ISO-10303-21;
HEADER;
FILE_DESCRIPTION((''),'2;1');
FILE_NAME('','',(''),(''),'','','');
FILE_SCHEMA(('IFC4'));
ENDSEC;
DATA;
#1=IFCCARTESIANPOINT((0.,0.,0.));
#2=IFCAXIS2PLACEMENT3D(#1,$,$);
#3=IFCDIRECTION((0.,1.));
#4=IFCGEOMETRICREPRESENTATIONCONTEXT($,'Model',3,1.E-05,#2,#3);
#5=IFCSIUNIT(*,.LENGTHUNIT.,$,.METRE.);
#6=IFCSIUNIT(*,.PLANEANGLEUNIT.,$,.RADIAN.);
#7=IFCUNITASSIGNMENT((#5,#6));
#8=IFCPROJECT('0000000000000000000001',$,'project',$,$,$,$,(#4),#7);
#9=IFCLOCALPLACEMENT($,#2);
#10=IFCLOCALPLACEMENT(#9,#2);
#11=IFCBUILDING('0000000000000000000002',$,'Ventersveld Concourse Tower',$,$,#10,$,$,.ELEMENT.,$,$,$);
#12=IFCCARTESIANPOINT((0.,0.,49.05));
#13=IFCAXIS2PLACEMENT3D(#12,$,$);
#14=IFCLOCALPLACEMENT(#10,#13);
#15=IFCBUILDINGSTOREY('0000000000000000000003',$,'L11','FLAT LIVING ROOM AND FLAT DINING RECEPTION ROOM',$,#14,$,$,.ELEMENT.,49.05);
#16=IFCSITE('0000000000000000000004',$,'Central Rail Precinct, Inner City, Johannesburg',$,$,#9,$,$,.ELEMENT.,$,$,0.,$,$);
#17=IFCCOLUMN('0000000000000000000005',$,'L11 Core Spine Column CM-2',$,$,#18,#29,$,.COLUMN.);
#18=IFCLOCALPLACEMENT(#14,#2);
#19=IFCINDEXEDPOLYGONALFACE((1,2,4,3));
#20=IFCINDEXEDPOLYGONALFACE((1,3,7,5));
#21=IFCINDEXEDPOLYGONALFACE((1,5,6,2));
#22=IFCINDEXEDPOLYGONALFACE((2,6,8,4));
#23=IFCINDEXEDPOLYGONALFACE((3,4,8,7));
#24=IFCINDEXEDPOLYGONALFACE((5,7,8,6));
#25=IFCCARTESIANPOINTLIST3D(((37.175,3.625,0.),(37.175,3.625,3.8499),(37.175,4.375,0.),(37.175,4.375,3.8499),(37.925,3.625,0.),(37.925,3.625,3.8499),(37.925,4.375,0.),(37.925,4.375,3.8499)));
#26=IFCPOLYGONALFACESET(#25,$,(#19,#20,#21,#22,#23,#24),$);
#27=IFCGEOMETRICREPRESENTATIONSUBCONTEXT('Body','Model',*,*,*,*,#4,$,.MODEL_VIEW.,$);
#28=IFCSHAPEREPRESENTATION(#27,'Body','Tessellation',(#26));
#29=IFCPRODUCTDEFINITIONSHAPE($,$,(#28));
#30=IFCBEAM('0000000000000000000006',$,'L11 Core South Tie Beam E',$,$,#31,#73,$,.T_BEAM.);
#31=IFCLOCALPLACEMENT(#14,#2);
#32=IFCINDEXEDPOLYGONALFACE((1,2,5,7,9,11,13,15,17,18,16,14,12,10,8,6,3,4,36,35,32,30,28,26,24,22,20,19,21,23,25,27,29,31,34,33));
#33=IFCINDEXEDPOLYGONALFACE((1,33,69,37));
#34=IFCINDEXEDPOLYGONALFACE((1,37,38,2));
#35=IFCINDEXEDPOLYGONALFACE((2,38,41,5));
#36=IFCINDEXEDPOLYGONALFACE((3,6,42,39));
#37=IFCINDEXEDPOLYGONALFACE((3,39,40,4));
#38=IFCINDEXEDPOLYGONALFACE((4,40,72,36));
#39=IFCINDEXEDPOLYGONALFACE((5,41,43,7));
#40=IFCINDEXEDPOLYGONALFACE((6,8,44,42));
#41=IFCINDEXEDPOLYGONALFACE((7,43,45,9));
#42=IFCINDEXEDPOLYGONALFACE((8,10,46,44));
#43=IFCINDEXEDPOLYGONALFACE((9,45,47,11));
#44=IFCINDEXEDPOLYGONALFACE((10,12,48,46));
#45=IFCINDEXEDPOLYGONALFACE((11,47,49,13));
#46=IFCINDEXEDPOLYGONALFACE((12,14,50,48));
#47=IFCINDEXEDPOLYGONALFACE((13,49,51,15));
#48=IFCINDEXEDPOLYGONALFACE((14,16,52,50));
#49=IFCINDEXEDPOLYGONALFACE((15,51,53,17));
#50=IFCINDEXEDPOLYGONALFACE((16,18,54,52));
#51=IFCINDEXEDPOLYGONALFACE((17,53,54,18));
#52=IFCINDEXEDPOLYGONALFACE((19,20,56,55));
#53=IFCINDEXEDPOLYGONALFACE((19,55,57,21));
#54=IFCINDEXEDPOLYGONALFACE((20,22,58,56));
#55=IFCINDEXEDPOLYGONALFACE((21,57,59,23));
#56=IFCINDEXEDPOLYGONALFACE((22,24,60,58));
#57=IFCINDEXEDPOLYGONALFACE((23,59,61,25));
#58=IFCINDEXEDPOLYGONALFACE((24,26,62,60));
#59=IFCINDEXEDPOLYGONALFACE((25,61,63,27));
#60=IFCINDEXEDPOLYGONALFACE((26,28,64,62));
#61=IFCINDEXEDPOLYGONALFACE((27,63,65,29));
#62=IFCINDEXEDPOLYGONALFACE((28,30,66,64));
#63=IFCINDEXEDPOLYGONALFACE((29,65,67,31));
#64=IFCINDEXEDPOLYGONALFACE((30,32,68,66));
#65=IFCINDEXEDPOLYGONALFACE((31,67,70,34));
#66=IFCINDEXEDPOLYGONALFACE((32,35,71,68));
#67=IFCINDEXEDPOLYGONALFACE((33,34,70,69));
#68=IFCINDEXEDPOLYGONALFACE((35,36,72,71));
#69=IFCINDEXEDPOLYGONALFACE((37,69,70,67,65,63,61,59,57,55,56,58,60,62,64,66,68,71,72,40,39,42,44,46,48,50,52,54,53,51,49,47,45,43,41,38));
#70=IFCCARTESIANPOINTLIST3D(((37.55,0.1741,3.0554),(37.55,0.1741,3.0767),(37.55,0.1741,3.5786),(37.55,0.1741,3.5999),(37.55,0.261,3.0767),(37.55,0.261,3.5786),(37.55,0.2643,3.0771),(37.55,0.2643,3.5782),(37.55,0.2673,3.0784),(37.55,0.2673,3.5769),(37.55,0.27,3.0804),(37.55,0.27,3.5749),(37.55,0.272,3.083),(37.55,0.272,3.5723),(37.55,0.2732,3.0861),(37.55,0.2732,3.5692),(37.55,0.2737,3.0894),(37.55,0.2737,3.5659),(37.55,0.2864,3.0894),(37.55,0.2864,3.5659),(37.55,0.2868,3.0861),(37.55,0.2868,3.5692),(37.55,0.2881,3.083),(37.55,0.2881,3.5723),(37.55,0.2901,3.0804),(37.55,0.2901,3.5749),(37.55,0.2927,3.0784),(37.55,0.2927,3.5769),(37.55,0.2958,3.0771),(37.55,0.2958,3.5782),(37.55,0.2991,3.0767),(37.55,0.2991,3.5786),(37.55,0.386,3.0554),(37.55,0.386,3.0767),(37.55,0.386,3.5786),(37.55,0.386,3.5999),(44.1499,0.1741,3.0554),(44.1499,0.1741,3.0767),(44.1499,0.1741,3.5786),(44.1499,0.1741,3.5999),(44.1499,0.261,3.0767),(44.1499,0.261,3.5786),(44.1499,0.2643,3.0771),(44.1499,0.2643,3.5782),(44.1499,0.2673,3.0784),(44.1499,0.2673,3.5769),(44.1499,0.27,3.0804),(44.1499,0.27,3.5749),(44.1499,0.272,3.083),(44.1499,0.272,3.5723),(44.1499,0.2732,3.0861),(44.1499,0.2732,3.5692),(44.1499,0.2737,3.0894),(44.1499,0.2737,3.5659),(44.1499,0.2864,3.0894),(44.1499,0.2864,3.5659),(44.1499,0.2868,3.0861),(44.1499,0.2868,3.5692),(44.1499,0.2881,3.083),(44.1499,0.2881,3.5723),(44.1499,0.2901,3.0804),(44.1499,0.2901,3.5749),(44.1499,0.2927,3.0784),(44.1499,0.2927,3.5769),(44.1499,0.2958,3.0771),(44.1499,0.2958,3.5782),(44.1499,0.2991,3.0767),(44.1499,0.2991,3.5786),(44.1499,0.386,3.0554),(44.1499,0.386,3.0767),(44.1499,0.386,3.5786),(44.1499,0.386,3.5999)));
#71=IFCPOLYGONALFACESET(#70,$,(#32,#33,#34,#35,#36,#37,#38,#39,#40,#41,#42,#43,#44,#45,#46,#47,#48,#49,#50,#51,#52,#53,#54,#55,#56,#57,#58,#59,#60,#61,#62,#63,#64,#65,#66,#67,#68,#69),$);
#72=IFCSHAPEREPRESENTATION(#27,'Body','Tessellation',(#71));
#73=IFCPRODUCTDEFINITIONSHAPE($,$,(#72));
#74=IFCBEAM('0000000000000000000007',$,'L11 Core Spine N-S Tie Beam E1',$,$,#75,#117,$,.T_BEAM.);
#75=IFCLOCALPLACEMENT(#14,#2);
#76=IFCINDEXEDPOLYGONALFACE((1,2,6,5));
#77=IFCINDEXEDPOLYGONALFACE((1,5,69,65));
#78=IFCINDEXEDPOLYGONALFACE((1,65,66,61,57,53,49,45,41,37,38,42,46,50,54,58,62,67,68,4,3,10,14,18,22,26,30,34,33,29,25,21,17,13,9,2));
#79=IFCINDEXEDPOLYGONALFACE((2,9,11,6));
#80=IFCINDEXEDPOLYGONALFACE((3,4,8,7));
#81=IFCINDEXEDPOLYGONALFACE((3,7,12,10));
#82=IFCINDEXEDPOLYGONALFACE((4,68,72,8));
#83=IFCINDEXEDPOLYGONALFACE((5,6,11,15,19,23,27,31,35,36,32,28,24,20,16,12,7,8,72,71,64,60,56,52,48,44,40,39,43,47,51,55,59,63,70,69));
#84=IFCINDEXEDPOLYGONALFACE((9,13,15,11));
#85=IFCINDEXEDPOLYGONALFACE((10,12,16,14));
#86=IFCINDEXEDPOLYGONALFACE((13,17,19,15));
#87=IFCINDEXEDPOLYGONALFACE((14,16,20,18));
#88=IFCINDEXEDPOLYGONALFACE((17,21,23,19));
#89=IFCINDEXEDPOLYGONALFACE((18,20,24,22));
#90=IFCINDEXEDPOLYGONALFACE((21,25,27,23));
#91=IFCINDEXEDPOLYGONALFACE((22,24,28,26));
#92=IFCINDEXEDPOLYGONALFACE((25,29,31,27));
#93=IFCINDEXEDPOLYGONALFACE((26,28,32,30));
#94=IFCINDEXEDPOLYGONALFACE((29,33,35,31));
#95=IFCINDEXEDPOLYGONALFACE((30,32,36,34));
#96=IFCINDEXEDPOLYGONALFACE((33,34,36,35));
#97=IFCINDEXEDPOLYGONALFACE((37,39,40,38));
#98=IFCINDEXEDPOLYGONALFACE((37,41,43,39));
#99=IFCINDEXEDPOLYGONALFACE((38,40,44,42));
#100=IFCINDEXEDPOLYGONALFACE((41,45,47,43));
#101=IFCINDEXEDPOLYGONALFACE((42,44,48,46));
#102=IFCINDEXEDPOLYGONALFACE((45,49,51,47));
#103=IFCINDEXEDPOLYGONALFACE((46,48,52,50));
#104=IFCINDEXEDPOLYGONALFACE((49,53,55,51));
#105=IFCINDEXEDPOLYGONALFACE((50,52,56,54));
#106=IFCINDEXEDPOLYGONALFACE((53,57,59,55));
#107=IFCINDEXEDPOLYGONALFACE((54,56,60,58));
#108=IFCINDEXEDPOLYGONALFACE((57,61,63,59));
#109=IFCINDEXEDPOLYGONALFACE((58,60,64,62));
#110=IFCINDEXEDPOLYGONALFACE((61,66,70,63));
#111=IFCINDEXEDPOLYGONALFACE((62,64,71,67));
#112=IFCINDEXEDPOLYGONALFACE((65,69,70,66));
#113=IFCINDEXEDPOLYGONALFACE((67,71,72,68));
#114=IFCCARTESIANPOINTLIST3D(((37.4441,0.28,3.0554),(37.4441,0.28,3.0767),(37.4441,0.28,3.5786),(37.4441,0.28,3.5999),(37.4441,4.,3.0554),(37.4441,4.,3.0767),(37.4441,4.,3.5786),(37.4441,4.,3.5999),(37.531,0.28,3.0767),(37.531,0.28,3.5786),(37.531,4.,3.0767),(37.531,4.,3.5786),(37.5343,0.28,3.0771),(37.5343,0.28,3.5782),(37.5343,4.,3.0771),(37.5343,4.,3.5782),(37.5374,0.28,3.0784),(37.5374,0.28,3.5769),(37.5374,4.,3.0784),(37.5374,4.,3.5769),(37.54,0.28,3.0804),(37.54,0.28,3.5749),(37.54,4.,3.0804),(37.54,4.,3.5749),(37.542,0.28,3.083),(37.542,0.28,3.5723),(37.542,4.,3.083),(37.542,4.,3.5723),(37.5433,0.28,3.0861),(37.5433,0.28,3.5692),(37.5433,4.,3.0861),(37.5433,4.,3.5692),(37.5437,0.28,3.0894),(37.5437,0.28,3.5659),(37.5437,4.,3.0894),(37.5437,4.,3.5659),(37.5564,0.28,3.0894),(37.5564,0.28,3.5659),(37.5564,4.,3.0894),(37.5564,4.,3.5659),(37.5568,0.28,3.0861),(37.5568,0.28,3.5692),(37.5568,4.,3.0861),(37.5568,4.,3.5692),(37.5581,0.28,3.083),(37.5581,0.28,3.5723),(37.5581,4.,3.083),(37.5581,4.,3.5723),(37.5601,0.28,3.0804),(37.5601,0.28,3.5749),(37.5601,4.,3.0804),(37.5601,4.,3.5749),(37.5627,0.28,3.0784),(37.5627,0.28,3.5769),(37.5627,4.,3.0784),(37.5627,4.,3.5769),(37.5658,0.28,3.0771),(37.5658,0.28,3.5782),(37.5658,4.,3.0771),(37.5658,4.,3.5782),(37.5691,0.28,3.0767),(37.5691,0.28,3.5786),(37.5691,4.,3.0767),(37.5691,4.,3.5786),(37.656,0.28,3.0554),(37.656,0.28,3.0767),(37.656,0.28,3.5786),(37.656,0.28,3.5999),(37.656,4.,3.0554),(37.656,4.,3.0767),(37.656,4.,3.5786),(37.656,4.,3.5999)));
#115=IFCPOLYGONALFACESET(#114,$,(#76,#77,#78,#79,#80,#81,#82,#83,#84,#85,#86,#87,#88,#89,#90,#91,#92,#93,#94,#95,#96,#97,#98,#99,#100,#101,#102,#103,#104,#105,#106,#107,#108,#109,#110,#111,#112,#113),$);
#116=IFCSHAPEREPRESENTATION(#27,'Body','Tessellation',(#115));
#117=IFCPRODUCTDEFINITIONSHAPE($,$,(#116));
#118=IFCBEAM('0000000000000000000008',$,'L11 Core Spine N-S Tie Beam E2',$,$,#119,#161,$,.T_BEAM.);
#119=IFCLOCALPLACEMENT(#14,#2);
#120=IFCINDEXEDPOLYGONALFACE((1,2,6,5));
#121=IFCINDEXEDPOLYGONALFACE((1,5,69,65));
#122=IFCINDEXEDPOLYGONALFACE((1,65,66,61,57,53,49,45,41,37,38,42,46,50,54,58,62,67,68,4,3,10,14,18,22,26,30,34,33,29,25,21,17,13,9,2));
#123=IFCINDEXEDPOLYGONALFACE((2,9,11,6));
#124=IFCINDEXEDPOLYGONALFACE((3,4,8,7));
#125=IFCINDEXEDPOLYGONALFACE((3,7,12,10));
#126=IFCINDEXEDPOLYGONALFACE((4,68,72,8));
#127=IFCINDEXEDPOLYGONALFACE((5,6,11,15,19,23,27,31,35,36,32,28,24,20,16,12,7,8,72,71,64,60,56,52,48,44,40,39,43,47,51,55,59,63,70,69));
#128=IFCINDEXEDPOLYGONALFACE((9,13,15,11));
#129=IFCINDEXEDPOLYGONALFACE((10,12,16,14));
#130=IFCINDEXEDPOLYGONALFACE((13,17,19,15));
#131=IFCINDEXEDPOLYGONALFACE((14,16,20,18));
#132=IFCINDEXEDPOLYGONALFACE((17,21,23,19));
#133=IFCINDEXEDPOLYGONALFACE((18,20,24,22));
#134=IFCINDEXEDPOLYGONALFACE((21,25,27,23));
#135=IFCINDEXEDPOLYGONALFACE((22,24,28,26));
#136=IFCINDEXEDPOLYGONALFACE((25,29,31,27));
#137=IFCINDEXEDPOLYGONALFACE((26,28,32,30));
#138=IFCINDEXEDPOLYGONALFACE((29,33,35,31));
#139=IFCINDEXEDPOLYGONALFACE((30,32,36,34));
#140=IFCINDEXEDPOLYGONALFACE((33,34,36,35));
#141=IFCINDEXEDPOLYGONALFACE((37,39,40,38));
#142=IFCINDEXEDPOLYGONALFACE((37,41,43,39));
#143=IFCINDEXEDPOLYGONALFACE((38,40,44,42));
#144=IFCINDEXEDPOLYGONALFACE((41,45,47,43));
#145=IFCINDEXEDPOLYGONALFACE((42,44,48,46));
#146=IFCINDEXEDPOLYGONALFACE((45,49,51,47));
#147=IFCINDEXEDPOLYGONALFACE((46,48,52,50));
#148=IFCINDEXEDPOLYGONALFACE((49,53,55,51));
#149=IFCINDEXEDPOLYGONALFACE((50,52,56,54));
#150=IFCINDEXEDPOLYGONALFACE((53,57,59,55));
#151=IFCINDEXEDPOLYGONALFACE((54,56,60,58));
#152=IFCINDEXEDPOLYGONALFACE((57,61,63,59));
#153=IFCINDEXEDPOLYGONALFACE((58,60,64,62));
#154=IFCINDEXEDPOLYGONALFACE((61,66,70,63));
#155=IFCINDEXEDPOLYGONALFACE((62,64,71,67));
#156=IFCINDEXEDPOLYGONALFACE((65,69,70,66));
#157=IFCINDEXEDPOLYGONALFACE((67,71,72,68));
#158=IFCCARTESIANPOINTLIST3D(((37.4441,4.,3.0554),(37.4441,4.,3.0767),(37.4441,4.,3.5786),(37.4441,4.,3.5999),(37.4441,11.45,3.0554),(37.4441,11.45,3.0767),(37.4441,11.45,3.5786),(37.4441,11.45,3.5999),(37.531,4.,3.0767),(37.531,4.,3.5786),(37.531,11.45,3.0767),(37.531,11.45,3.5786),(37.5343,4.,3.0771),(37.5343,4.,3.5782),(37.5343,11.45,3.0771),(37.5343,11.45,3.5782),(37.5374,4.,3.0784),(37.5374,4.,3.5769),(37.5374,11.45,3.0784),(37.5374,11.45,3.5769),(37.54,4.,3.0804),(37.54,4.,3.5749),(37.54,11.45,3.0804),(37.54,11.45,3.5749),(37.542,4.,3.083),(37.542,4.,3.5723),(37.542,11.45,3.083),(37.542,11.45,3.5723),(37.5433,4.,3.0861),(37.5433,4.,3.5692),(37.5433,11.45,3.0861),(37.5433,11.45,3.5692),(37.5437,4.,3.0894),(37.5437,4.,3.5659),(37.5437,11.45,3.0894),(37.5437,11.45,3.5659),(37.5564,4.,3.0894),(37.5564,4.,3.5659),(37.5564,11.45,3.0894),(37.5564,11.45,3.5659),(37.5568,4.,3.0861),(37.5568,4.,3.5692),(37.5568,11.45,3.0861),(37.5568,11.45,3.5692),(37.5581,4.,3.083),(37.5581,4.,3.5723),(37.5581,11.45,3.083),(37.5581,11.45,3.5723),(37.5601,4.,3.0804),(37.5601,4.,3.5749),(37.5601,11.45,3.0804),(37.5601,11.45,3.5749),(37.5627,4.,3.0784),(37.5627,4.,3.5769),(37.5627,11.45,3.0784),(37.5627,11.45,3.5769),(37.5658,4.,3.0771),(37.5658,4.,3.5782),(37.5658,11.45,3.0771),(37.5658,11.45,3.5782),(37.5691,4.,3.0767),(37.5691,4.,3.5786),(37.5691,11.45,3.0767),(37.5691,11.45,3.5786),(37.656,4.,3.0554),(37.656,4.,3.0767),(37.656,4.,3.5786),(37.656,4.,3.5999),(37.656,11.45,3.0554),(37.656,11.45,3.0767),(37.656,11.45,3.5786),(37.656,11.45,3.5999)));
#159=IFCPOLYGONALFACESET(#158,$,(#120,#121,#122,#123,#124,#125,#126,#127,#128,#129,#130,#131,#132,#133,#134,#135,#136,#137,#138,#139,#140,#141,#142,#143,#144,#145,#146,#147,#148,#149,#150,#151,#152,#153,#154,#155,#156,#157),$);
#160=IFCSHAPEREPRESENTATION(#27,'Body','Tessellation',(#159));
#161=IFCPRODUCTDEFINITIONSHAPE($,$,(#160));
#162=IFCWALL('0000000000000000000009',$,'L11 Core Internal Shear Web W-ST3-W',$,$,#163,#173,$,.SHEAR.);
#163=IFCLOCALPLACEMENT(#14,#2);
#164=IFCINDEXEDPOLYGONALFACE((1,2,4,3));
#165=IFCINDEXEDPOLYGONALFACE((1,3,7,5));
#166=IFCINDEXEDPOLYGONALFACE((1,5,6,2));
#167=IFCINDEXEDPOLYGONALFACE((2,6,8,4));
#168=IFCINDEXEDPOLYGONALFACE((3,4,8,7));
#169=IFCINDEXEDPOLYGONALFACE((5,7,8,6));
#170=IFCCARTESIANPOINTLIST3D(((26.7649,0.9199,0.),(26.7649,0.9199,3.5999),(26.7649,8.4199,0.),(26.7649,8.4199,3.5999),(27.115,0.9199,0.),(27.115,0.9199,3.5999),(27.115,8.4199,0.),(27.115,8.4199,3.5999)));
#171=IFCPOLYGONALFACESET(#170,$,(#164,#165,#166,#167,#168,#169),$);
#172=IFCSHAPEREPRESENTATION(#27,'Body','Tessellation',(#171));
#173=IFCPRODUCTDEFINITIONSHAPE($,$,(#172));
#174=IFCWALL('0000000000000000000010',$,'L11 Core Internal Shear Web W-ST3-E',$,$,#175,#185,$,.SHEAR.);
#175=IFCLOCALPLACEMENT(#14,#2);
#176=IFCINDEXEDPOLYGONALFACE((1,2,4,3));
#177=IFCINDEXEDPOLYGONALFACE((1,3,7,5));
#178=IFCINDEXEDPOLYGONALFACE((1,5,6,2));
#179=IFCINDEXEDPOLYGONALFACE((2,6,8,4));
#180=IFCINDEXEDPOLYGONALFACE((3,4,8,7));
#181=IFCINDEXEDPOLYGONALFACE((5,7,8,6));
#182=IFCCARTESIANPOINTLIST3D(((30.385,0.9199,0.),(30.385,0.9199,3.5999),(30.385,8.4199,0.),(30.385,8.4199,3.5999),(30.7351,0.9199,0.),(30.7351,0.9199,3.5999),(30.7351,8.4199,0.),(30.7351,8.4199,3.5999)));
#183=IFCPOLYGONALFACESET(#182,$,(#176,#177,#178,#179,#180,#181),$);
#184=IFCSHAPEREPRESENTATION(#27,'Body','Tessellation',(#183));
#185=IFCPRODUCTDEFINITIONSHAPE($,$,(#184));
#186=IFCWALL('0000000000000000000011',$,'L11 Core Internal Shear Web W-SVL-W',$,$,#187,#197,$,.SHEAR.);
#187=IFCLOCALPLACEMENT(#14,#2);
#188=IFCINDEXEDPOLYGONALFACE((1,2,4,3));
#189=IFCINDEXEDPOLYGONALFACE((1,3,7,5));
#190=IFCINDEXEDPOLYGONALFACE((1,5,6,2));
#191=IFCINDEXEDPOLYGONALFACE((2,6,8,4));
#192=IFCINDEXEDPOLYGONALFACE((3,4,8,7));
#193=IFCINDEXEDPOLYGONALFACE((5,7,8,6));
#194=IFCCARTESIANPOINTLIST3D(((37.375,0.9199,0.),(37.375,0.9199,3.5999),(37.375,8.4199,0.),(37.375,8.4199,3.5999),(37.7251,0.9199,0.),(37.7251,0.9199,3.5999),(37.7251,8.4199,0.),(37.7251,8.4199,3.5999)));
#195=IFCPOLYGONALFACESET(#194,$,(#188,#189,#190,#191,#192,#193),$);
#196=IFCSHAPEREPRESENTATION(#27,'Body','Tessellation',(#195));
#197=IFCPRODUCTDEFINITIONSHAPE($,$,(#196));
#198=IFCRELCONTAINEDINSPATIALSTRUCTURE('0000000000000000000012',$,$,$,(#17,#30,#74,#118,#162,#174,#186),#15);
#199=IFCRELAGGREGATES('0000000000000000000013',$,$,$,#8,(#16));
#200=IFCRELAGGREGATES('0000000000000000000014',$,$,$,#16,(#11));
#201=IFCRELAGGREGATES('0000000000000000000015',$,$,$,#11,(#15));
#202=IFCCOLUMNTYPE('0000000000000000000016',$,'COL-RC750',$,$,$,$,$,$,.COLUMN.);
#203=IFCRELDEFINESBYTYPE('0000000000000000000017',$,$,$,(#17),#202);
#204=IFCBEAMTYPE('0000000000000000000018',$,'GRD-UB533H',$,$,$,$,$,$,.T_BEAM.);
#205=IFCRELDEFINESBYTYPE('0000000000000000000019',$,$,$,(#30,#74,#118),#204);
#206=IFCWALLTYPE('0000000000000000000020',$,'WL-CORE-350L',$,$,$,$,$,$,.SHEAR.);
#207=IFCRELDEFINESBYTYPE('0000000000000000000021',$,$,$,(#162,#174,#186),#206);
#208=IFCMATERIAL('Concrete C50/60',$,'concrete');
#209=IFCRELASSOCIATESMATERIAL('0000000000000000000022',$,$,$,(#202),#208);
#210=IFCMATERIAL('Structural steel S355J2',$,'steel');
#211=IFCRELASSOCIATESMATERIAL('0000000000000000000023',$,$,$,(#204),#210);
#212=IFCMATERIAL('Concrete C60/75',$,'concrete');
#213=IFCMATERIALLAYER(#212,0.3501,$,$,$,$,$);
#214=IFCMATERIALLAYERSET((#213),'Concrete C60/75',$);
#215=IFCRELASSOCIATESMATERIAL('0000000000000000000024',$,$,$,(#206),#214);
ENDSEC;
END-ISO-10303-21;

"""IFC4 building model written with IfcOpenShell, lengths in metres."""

from ifc_helpers import new_model, si_unit, direction, frame, frame_2d, origin, origin_2d, place, context, subcontext, project, spatial, rectangle, i_section, extrude, material, layer, layer_set, material_profile, profile_set, type_object, element, save


model = new_model("IFC4")

# Units and contexts
model_context = context("Model", 3, precision=1e-05, world=origin(), true_north=direction((0.0, 1.0)))
body_context = subcontext(model_context, "Body", "Model", "MODEL_VIEW")
ifc_project = project(units=[si_unit("LENGTHUNIT", "METRE"), si_unit("PLANEANGLEUNIT", "RADIAN")], contexts=[model_context])

# Site, building, storey
site_placement = place(None, origin())
site = spatial("IfcSite", under=ifc_project, at=site_placement, Name="Central Rail Precinct, Inner City, Johannesburg", CompositionType="ELEMENT", RefElevation=0.0)
building_placement = place(site_placement, origin())
building = spatial("IfcBuilding", under=site, at=building_placement, Name="Ventersveld Concourse Tower", CompositionType="ELEMENT")
storey_placement = place(building_placement, frame((0.0, 0.0, 49.05)))
storey = spatial("IfcBuildingStorey", under=building, at=storey_placement, Name="L11", Description="FLAT LIVING ROOM AND FLAT DINING RECEPTION ROOM", CompositionType="ELEMENT", Elevation=49.05)

# Column
ifc_material_1 = material(Name="Concrete C50/60", Category="concrete")
ifc_material_profile_1 = material_profile(ifc_material_1, rectangle(XDim=0.75, YDim=0.75, at=origin_2d()), Name="RC 750x750")
ifc_profile_set_1 = profile_set([ifc_material_profile_1], Name="Concrete C50/60")
column_type = type_object("IfcColumnType", Name="COL-RC750", PredefinedType="COLUMN", material=ifc_profile_set_1)
column_placement = place(storey_placement, frame((37.55, 4.0, 0.0), z_axis=(0.0, 0.0, 1.0), x_axis=(1.0, 0.0, 0.0)))
element("IfcColumn", 1, at=column_placement, inside=storey, type_object=column_type, Name="L11 Core Spine Column CM-2", PredefinedType="COLUMN", context=body_context, shape_type="SweptSolid", body=[
    extrude(rectangle(XDim=0.75, YDim=0.75, at=origin_2d()), origin(), (0.0, 0.0, 1.0), 3.8499),
])

# Beams
ifc_material_2 = material(Name="Structural steel S355J2", Category="steel")
ifc_material_profile_2 = material_profile(ifc_material_2, i_section(OverallWidth=0.2119, OverallDepth=0.5444, WebThickness=0.0127, FlangeThickness=0.0212, FilletRadius=0.0127, at=origin_2d()), Name="UB 533x210x122")
ifc_profile_set_2 = profile_set([ifc_material_profile_2], Name="Structural steel S355J2")
beam_type = type_object("IfcBeamType", Name="GRD-UB533H", PredefinedType="T_BEAM", material=ifc_profile_set_2)
beam_1_placement = place(storey_placement, frame((37.55, 0.28, 3.3276), z_axis=(1.0, 0.0, 0.0), x_axis=(0.0, 1.0, 0.0)))
element("IfcBeam", 2, at=beam_1_placement, inside=storey, type_object=beam_type, Name="L11 Core South Tie Beam E", PredefinedType="T_BEAM", context=body_context, shape_type="SweptSolid", body=[
    extrude(i_section(OverallWidth=0.2119, OverallDepth=0.5444, WebThickness=0.0127, FlangeThickness=0.0212, FilletRadius=0.0127, at=origin_2d()), origin(), (0.0, 0.0, 1.0), 6.5999),
])
beam_2_placement = place(storey_placement, frame((37.55, 0.28, 3.3276), z_axis=(0.0, 1.0, 0.0), x_axis=(-1.0, 0.0, 0.0)))
element("IfcBeam", 3, at=beam_2_placement, inside=storey, type_object=beam_type, Name="L11 Core Spine N-S Tie Beam E1", PredefinedType="T_BEAM", context=body_context, shape_type="SweptSolid", body=[
    extrude(i_section(OverallWidth=0.2119, OverallDepth=0.5444, WebThickness=0.0127, FlangeThickness=0.0212, FilletRadius=0.0127, at=origin_2d()), origin(), (0.0, 0.0, 1.0), 3.72),
])
beam_3_placement = place(storey_placement, frame((37.55, 4.0, 3.3276), z_axis=(0.0, 1.0, 0.0), x_axis=(-1.0, 0.0, 0.0)))
element("IfcBeam", 4, at=beam_3_placement, inside=storey, type_object=beam_type, Name="L11 Core Spine N-S Tie Beam E2", PredefinedType="T_BEAM", context=body_context, shape_type="SweptSolid", body=[
    extrude(i_section(OverallWidth=0.2119, OverallDepth=0.5444, WebThickness=0.0127, FlangeThickness=0.0212, FilletRadius=0.0127, at=origin_2d()), origin(), (0.0, 0.0, 1.0), 7.45),
])

# Walls
ifc_material_3 = material(Name="Concrete C60/75", Category="concrete")
ifc_layer_1 = layer(ifc_material_3, 0.3501)
ifc_layer_set_1 = layer_set([ifc_layer_1], Name="Concrete C60/75")
wall_type_1 = type_object("IfcWallType", Name="WL-CORE-350L", PredefinedType="SHEAR", material=ifc_layer_set_1)
for number, where, z_axis, x_axis, name in (
    (5, (26.9399, 0.9199, 0.0), (0.0, 0.0, 1.0), (0.0, 1.0, 0.0), "L11 Core Internal Shear Web W-ST3-W"),
    (6, (30.5601, 0.9199, 0.0), (0.0, 0.0, 1.0), (0.0, 1.0, 0.0), "L11 Core Internal Shear Web W-ST3-E"),
    (7, (37.55, 0.9199, 0.0), (0.0, 0.0, 1.0), (0.0, 1.0, 0.0), "L11 Core Internal Shear Web W-SVL-W"),
):
    element("IfcWall", number, at=place(storey_placement, frame(where, z_axis=z_axis, x_axis=x_axis)), inside=storey, type_object=wall_type_1, Name=name, PredefinedType="SHEAR", context=body_context, shape_type="SweptSolid", body=[
        extrude(rectangle(XDim=7.5, YDim=0.3501, at=frame_2d((3.75, 0.0))), origin(), (0.0, 0.0, 1.0), 3.5999),
    ])

save(model, "model.ifc")
